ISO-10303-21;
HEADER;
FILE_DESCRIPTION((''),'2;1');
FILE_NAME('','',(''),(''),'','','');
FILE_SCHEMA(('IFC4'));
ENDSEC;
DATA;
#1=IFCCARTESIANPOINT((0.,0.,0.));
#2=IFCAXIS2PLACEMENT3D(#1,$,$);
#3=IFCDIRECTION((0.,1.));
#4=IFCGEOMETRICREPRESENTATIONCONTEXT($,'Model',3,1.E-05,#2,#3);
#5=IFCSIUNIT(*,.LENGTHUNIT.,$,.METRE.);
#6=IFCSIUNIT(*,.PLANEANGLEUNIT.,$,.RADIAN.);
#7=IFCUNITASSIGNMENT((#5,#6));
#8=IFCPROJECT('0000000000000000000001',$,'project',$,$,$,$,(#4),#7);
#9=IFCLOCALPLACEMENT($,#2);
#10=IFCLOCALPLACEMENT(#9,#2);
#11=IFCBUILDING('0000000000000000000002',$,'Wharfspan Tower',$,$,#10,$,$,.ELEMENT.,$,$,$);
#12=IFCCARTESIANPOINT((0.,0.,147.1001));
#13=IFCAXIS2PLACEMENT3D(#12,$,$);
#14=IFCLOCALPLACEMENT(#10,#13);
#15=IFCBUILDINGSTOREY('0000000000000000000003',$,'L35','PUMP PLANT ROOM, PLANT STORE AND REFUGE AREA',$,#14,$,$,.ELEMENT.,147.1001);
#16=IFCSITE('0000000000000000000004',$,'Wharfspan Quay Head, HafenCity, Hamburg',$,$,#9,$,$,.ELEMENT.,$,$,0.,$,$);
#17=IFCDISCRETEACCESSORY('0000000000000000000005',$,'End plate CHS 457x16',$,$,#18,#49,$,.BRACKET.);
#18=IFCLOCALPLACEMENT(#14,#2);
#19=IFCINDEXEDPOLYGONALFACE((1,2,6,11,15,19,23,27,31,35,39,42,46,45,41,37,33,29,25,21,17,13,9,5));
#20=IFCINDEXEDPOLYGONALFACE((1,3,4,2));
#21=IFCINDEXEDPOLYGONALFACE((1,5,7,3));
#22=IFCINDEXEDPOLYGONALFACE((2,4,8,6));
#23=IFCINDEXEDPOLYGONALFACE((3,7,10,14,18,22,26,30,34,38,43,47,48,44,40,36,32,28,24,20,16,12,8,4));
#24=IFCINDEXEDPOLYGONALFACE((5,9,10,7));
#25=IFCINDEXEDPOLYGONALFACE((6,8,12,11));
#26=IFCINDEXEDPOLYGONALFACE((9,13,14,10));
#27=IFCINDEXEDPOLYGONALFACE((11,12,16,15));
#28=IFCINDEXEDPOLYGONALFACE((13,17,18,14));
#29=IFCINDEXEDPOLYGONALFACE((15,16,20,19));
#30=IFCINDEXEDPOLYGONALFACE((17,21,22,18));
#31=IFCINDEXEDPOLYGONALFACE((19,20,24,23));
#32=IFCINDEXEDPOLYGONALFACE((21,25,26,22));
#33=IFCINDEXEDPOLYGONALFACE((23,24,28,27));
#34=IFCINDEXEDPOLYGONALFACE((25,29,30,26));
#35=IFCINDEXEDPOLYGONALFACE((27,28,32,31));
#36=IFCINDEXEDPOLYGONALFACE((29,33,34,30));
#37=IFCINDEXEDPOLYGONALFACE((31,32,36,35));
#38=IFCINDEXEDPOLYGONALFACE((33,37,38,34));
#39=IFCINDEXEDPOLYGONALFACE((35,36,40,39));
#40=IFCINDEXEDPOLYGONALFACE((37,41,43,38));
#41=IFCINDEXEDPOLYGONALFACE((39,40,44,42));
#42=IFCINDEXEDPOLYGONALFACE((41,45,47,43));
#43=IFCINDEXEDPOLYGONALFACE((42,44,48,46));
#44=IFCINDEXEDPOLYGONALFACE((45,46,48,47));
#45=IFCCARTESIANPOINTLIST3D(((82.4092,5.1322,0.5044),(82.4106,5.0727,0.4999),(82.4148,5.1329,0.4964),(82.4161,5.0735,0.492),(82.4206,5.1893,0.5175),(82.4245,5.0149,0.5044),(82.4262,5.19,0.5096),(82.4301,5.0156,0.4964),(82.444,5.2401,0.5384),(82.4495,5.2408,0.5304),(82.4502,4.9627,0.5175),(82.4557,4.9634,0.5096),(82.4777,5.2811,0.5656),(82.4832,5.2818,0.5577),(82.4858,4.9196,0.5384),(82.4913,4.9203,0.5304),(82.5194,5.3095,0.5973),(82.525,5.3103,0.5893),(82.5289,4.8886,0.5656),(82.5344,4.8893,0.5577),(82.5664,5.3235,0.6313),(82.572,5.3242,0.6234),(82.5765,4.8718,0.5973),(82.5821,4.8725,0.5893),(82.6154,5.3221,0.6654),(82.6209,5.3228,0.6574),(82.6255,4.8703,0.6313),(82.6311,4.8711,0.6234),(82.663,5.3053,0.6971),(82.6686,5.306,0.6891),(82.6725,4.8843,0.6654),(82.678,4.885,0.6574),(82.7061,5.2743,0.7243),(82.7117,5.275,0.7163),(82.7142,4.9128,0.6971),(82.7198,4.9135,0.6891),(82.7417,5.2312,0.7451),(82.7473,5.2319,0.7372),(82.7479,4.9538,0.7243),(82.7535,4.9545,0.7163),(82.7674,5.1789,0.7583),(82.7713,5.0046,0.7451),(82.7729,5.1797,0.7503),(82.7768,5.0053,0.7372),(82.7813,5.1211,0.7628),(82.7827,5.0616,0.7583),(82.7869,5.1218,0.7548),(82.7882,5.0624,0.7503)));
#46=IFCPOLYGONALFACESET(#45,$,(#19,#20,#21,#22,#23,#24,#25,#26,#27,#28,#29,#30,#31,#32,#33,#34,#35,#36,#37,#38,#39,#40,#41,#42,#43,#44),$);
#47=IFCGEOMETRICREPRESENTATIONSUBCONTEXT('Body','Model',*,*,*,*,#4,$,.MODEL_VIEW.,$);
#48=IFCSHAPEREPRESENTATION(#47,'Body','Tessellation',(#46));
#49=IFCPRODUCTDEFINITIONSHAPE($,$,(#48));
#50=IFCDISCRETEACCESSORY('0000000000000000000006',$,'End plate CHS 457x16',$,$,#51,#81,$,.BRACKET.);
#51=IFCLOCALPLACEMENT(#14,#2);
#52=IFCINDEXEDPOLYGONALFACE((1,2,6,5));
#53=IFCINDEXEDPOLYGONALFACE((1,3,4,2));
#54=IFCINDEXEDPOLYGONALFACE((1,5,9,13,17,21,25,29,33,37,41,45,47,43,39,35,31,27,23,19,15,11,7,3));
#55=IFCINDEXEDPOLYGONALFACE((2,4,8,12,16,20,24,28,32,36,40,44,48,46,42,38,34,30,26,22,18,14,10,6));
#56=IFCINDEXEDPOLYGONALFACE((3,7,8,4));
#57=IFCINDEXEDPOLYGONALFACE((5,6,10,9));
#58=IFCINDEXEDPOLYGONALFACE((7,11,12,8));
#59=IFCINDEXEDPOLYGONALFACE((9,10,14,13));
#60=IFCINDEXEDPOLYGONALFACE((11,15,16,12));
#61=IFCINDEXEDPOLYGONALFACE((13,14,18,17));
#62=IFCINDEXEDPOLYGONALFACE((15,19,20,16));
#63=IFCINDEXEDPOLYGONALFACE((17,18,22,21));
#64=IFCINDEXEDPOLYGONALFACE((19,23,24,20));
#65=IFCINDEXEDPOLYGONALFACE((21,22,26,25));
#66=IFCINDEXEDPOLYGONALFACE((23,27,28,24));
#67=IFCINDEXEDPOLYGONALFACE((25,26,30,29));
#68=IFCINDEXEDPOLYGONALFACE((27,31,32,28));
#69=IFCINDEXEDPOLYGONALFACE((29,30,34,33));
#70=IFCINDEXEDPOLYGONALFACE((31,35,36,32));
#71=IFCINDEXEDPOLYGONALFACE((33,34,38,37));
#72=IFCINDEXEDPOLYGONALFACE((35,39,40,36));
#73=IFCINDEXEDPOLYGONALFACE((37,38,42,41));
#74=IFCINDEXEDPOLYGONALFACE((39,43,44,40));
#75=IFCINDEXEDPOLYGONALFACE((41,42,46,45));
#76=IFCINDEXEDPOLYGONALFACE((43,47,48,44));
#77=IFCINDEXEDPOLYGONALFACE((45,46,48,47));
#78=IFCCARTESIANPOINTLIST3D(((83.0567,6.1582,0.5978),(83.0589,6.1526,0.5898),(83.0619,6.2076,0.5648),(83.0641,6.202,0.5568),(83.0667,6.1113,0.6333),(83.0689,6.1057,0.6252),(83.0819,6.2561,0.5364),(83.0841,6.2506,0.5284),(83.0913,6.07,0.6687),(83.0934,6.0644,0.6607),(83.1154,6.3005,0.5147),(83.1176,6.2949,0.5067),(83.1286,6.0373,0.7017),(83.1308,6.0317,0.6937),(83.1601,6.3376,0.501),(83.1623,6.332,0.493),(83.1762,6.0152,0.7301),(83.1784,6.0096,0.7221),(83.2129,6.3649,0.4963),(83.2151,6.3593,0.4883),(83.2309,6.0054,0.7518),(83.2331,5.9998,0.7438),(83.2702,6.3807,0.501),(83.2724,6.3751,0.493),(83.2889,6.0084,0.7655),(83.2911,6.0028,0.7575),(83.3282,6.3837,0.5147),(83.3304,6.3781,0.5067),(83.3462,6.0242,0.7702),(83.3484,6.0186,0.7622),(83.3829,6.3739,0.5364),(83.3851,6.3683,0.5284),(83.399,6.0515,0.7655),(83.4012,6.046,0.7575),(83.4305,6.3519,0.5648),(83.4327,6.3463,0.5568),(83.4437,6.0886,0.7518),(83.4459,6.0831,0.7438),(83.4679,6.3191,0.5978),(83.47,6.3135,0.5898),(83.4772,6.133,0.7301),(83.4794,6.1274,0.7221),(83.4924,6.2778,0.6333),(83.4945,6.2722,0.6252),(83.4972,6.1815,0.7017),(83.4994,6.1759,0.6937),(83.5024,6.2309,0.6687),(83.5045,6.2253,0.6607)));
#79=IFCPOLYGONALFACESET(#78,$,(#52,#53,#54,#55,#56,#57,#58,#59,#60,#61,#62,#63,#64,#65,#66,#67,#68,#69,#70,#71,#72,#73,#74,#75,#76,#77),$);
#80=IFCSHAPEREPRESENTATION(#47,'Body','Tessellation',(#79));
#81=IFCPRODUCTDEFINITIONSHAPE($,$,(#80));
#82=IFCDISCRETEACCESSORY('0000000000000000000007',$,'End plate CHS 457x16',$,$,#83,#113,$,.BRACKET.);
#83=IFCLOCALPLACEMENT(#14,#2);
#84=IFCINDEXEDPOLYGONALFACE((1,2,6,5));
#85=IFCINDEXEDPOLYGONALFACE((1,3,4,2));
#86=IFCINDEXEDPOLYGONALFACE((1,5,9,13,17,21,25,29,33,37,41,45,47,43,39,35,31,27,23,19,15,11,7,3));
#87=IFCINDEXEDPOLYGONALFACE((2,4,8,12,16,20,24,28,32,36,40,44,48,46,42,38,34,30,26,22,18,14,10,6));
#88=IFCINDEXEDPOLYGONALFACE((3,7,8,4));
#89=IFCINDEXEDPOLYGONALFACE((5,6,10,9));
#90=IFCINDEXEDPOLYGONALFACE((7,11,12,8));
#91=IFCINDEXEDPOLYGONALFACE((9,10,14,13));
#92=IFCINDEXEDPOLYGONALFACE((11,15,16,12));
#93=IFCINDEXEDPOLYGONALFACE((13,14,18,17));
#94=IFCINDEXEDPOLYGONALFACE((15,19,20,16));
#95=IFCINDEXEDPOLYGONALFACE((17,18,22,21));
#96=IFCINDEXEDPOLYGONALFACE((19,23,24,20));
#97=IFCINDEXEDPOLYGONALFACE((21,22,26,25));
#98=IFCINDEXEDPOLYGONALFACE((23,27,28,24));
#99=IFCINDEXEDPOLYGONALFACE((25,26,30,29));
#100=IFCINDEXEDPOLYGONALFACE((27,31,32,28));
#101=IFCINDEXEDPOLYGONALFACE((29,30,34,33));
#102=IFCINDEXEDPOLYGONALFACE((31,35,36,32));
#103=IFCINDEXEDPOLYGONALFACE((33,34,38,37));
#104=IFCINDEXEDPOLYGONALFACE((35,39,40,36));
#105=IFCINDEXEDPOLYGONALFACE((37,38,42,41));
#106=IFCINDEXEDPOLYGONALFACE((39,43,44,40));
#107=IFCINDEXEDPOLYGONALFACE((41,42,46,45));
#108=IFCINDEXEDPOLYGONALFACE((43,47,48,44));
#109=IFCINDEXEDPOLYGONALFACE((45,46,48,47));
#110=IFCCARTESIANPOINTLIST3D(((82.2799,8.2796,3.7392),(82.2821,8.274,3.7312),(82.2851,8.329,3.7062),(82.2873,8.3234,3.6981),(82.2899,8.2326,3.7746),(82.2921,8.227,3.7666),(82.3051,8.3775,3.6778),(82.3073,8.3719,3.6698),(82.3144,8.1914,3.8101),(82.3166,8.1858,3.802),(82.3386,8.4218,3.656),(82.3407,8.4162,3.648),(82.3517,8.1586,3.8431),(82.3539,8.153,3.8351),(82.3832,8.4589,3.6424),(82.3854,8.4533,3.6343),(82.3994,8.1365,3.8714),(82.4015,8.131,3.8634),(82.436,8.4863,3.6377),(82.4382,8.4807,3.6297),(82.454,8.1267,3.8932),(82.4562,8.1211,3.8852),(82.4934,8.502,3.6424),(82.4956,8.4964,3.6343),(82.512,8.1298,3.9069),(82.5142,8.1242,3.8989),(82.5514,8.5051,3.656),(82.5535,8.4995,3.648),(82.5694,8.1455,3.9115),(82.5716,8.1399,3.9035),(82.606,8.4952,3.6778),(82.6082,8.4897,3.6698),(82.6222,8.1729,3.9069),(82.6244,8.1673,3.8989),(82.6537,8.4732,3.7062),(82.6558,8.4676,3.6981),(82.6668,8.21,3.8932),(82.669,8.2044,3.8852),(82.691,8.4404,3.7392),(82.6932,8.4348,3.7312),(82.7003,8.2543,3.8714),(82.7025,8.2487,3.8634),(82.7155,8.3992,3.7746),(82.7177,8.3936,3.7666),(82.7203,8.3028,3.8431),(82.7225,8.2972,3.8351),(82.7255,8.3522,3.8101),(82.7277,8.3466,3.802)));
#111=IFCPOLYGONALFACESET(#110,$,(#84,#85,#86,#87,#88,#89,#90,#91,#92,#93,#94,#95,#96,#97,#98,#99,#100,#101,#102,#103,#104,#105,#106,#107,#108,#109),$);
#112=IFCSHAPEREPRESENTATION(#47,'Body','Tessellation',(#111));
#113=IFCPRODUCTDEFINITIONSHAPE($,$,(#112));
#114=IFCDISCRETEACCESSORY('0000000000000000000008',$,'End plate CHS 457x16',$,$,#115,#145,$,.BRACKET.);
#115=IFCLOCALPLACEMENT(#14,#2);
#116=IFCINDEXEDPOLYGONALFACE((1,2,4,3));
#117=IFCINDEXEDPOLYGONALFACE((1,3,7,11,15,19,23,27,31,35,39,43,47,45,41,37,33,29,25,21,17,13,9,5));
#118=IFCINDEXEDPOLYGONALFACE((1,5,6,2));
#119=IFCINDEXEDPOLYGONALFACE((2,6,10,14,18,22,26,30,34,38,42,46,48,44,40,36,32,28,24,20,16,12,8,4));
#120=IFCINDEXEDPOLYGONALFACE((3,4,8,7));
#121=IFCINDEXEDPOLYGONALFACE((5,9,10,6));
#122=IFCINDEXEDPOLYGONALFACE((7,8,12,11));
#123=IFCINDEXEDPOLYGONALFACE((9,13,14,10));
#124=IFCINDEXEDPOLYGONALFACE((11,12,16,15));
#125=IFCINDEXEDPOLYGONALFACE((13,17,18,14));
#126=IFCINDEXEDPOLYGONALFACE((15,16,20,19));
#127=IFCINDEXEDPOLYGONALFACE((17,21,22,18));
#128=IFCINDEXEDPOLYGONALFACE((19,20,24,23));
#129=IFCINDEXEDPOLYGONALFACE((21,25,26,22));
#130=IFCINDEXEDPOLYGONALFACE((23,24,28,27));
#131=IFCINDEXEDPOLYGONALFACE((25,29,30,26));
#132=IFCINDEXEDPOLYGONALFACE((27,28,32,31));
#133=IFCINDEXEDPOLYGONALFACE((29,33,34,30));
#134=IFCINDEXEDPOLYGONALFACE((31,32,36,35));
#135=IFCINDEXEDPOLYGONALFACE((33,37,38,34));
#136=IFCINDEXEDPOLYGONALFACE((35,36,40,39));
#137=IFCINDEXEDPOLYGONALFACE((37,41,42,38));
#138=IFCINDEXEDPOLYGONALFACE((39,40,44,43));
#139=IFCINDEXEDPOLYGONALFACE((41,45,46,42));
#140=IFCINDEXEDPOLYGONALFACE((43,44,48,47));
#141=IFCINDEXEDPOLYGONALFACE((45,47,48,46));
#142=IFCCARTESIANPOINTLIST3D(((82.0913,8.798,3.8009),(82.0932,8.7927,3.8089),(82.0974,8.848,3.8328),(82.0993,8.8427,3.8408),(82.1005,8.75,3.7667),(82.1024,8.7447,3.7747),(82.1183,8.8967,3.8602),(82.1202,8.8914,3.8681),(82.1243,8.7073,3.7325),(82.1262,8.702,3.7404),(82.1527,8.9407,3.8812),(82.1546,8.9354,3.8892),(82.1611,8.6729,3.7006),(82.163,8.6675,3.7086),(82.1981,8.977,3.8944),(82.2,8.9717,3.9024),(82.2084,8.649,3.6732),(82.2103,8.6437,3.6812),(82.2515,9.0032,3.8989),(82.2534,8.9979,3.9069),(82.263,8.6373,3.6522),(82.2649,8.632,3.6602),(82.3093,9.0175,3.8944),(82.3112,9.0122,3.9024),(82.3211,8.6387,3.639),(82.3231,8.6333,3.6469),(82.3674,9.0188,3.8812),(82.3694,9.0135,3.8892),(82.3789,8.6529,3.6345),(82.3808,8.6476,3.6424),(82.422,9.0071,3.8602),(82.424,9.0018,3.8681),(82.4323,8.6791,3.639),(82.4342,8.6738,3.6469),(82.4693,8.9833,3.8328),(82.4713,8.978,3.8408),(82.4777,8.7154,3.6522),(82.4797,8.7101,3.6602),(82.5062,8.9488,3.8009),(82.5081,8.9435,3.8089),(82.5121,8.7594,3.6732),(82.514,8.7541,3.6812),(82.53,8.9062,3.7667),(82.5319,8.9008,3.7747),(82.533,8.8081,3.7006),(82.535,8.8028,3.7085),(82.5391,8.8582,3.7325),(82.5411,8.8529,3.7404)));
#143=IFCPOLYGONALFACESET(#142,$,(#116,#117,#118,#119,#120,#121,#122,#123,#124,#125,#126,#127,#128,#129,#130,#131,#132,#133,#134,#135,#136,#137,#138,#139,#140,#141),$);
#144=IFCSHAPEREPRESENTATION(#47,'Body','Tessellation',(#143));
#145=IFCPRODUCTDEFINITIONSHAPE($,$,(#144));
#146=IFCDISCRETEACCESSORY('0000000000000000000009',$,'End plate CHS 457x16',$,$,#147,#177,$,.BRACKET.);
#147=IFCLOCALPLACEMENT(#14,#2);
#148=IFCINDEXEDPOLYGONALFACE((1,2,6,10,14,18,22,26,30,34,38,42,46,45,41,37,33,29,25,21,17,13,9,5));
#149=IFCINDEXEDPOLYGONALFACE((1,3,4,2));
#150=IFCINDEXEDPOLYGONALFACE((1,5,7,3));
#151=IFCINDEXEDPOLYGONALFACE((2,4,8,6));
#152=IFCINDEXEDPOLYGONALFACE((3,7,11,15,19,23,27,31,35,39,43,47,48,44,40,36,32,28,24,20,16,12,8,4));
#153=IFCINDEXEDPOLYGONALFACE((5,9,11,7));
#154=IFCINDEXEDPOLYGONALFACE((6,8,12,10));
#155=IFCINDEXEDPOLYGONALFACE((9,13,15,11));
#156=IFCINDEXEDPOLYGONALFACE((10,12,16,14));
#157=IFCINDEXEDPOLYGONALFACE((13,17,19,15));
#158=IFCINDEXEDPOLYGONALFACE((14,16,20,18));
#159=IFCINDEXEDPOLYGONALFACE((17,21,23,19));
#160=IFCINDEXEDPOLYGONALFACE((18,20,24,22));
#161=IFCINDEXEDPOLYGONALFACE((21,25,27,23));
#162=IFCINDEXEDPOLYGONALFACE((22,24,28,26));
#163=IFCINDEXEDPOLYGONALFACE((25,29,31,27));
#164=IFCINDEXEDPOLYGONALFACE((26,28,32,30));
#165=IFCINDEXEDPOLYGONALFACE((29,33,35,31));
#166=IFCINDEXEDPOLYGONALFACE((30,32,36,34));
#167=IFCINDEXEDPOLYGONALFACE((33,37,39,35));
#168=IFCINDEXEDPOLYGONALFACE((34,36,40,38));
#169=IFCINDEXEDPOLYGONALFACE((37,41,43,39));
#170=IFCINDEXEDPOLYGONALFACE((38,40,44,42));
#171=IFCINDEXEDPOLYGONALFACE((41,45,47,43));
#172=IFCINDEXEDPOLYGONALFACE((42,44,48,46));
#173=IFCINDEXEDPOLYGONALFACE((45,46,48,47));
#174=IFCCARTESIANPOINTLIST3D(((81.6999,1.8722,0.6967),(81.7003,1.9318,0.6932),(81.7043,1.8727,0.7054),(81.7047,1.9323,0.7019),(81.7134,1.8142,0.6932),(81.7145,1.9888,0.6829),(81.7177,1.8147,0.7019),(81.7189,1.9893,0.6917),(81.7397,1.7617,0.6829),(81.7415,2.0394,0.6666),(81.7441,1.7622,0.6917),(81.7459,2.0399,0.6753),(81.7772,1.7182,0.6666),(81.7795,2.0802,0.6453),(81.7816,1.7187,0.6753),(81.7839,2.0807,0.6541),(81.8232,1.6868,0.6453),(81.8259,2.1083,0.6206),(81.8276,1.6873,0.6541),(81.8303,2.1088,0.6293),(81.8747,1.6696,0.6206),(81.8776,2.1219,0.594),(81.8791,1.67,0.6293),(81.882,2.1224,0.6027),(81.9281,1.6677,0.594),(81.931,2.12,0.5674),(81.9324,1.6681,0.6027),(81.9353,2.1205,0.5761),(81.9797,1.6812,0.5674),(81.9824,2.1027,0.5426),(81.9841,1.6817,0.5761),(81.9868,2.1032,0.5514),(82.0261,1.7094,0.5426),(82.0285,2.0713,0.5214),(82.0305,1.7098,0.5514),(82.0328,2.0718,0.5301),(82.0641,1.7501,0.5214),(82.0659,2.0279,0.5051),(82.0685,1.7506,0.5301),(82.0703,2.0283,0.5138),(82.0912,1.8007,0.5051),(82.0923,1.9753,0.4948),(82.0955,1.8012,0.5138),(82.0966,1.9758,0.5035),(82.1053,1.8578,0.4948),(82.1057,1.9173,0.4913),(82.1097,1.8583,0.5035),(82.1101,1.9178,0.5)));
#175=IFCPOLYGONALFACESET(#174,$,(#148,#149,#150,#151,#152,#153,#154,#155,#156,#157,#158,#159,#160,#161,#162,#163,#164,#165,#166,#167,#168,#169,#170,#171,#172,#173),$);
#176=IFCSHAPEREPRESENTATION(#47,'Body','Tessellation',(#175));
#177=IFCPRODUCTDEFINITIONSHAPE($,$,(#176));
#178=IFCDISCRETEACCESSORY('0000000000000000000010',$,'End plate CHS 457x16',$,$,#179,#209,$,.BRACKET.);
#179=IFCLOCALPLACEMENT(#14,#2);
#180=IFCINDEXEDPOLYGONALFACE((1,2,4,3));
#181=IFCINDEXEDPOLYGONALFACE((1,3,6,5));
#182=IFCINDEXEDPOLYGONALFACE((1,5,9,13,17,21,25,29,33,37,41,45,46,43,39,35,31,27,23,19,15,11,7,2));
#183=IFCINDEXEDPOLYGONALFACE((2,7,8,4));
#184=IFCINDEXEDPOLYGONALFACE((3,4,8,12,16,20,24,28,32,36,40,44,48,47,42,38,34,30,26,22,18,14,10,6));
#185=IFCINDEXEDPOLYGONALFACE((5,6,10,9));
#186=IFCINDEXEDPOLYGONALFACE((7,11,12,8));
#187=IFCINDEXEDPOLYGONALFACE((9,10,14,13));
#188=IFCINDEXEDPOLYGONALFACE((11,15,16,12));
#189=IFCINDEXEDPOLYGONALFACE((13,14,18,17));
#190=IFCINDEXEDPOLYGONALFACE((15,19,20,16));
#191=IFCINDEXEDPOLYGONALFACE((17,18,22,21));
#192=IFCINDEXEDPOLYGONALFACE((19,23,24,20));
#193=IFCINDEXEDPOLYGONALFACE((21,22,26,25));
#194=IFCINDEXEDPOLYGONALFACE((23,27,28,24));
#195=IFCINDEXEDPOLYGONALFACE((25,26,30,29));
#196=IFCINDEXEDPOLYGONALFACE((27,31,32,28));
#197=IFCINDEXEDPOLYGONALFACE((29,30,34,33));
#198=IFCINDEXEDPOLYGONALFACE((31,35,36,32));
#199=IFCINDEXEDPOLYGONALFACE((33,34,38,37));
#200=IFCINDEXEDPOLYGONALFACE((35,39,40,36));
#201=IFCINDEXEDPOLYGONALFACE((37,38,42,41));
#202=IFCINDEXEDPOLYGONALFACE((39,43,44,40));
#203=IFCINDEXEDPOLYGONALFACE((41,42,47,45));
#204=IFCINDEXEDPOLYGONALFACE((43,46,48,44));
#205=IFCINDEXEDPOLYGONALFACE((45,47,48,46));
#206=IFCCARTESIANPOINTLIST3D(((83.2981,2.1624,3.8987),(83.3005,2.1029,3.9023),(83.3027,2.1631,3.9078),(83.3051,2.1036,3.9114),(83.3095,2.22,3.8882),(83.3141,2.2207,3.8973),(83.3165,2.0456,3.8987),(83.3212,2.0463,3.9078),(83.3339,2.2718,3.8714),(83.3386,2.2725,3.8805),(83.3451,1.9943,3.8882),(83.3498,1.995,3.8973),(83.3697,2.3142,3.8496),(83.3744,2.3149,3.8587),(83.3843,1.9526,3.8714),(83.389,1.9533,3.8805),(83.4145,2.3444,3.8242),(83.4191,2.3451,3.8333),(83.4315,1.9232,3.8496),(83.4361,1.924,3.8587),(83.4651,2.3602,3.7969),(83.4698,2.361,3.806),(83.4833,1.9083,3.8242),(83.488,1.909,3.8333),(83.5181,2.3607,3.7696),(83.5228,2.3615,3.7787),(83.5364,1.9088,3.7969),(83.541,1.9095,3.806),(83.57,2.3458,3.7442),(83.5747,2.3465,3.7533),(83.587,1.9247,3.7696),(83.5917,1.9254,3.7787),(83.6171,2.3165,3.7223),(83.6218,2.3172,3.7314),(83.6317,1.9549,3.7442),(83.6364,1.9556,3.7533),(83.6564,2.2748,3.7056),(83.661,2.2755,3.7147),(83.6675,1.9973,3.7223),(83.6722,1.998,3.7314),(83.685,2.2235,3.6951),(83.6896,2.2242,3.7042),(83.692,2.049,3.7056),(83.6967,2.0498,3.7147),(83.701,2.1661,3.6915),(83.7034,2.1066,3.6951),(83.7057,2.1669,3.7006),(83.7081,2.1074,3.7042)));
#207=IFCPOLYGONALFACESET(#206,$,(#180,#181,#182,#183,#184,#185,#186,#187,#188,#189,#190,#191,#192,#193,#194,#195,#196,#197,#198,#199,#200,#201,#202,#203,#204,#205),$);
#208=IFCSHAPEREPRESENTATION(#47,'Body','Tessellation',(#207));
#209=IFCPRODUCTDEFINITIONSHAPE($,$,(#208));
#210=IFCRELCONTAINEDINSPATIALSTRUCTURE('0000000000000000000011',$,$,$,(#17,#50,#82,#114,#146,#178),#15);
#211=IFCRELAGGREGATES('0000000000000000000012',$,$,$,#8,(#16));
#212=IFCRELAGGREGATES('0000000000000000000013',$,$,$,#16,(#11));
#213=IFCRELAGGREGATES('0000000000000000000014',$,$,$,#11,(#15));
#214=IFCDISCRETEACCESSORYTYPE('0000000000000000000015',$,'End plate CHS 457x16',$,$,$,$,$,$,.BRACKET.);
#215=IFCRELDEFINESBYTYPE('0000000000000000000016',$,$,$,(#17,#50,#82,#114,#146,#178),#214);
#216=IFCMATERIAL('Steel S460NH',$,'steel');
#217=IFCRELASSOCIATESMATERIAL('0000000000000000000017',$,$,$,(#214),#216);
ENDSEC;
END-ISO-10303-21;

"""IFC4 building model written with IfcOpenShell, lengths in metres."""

from ifc_helpers import new_model, si_unit, direction, frame, origin, origin_2d, place, context, subcontext, project, spatial, circle, extrude, material, material_profile, profile_set, type_object, element, save


model = new_model("IFC4")

# Units and contexts
model_context = context("Model", 3, precision=1e-05, world=origin(), true_north=direction((0.0, 1.0)))
body_context = subcontext(model_context, "Body", "Model", "MODEL_VIEW")
ifc_project = project(units=[si_unit("LENGTHUNIT", "METRE"), si_unit("PLANEANGLEUNIT", "RADIAN")], contexts=[model_context])

# Site, building, storey
site_placement = place(None, origin())
site = spatial("IfcSite", under=ifc_project, at=site_placement, Name="Wharfspan Quay Head, HafenCity, Hamburg", CompositionType="ELEMENT", RefElevation=0.0)
building_placement = place(site_placement, origin())
building = spatial("IfcBuilding", under=site, at=building_placement, Name="Wharfspan Tower", CompositionType="ELEMENT")
storey_placement = place(building_placement, frame((0.0, 0.0, 147.1001)))
storey = spatial("IfcBuildingStorey", under=building, at=storey_placement, Name="L35", Description="PUMP PLANT ROOM, PLANT STORE AND REFUGE AREA", CompositionType="ELEMENT", Elevation=147.1001)

# Shared definitions
ifc_material_1 = material(Name="Steel S460NH", Category="steel")

# Discrete accessories
ifc_material_profile_1 = material_profile(ifc_material_1, circle(Radius=0.2285, at=origin_2d()))
ifc_profile_set_1 = profile_set([ifc_material_profile_1], Name="Steel S460NH")
discrete_accessory_type_1 = type_object("IfcDiscreteAccessoryType", Name="End plate CHS 457x16", PredefinedType="BRACKET", material=ifc_profile_set_1)
discrete_accessory_1_placement = place(storey_placement, frame((82.5959, 5.0969, 0.6313), z_axis=(0.570209, 0.074375, -0.818126), x_axis=(-0.129339, 0.9916, 0.0)))
element("IfcDiscreteAccessory", 1, at=discrete_accessory_1_placement, inside=storey, type_object=discrete_accessory_type_1, Name="End plate CHS 457x16", PredefinedType="BRACKET", context=body_context, shape_type="SweptSolid", body=[
    extrude(circle(Radius=0.2285, at=origin_2d()), origin(), (0.0, 0.0, 1.0), 0.0098),
])
for number, where, z_axis, x_axis, name in (
    (2, (83.2817, 6.189, 0.6252), (-0.218346, 0.557996, 0.800603), (-0.931243, -0.364399, 0.0), "End plate CHS 457x16"),
    (3, (82.5049, 8.3103, 3.7666), (-0.218346, 0.557996, 0.800603), (-0.931243, -0.364399, 0.0), "End plate CHS 457x16"),
):
    element("IfcDiscreteAccessory", number, at=place(storey_placement, frame(where, z_axis=z_axis, x_axis=x_axis)), inside=storey, type_object=discrete_accessory_type_1, Name=name, PredefinedType="BRACKET", context=body_context, shape_type="SweptSolid", body=[
        extrude(circle(Radius=0.2285, at=origin_2d()), origin(), (0.0, 0.0, 1.0), 0.01),
    ])
for number, where, z_axis, x_axis, name in (
    (4, (82.3171, 8.8228, 3.7747), (-0.197727, 0.543749, -0.815623), (-0.939797, -0.341743, 0.000001), "End plate CHS 457x16"),
    (5, (81.9028, 1.8948, 0.594), (0.446663, 0.049629, 0.893325), (-0.110431, 0.993883, 0.0), "End plate CHS 457x16"),
):
    element("IfcDiscreteAccessory", number, at=place(storey_placement, frame(where, z_axis=z_axis, x_axis=x_axis)), inside=storey, type_object=discrete_accessory_type_1, Name=name, PredefinedType="BRACKET", context=body_context, shape_type="SweptSolid", body=[
        extrude(circle(Radius=0.2285, at=origin_2d()), origin(), (0.0, 0.0, 1.0), 0.0098),
    ])
discrete_accessory_2_placement = place(storey_placement, frame((83.5007, 2.1345, 3.7969), z_axis=(0.455621, 0.07194, 0.887262), x_axis=(-0.155964, 0.987762, 0.000001)))
element("IfcDiscreteAccessory", 6, at=discrete_accessory_2_placement, inside=storey, type_object=discrete_accessory_type_1, Name="End plate CHS 457x16", PredefinedType="BRACKET", context=body_context, shape_type="SweptSolid", body=[
    extrude(circle(Radius=0.2285, at=origin_2d()), origin(), (0.0, 0.0, 1.0), 0.0103),
])

save(model, "model.ifc")
